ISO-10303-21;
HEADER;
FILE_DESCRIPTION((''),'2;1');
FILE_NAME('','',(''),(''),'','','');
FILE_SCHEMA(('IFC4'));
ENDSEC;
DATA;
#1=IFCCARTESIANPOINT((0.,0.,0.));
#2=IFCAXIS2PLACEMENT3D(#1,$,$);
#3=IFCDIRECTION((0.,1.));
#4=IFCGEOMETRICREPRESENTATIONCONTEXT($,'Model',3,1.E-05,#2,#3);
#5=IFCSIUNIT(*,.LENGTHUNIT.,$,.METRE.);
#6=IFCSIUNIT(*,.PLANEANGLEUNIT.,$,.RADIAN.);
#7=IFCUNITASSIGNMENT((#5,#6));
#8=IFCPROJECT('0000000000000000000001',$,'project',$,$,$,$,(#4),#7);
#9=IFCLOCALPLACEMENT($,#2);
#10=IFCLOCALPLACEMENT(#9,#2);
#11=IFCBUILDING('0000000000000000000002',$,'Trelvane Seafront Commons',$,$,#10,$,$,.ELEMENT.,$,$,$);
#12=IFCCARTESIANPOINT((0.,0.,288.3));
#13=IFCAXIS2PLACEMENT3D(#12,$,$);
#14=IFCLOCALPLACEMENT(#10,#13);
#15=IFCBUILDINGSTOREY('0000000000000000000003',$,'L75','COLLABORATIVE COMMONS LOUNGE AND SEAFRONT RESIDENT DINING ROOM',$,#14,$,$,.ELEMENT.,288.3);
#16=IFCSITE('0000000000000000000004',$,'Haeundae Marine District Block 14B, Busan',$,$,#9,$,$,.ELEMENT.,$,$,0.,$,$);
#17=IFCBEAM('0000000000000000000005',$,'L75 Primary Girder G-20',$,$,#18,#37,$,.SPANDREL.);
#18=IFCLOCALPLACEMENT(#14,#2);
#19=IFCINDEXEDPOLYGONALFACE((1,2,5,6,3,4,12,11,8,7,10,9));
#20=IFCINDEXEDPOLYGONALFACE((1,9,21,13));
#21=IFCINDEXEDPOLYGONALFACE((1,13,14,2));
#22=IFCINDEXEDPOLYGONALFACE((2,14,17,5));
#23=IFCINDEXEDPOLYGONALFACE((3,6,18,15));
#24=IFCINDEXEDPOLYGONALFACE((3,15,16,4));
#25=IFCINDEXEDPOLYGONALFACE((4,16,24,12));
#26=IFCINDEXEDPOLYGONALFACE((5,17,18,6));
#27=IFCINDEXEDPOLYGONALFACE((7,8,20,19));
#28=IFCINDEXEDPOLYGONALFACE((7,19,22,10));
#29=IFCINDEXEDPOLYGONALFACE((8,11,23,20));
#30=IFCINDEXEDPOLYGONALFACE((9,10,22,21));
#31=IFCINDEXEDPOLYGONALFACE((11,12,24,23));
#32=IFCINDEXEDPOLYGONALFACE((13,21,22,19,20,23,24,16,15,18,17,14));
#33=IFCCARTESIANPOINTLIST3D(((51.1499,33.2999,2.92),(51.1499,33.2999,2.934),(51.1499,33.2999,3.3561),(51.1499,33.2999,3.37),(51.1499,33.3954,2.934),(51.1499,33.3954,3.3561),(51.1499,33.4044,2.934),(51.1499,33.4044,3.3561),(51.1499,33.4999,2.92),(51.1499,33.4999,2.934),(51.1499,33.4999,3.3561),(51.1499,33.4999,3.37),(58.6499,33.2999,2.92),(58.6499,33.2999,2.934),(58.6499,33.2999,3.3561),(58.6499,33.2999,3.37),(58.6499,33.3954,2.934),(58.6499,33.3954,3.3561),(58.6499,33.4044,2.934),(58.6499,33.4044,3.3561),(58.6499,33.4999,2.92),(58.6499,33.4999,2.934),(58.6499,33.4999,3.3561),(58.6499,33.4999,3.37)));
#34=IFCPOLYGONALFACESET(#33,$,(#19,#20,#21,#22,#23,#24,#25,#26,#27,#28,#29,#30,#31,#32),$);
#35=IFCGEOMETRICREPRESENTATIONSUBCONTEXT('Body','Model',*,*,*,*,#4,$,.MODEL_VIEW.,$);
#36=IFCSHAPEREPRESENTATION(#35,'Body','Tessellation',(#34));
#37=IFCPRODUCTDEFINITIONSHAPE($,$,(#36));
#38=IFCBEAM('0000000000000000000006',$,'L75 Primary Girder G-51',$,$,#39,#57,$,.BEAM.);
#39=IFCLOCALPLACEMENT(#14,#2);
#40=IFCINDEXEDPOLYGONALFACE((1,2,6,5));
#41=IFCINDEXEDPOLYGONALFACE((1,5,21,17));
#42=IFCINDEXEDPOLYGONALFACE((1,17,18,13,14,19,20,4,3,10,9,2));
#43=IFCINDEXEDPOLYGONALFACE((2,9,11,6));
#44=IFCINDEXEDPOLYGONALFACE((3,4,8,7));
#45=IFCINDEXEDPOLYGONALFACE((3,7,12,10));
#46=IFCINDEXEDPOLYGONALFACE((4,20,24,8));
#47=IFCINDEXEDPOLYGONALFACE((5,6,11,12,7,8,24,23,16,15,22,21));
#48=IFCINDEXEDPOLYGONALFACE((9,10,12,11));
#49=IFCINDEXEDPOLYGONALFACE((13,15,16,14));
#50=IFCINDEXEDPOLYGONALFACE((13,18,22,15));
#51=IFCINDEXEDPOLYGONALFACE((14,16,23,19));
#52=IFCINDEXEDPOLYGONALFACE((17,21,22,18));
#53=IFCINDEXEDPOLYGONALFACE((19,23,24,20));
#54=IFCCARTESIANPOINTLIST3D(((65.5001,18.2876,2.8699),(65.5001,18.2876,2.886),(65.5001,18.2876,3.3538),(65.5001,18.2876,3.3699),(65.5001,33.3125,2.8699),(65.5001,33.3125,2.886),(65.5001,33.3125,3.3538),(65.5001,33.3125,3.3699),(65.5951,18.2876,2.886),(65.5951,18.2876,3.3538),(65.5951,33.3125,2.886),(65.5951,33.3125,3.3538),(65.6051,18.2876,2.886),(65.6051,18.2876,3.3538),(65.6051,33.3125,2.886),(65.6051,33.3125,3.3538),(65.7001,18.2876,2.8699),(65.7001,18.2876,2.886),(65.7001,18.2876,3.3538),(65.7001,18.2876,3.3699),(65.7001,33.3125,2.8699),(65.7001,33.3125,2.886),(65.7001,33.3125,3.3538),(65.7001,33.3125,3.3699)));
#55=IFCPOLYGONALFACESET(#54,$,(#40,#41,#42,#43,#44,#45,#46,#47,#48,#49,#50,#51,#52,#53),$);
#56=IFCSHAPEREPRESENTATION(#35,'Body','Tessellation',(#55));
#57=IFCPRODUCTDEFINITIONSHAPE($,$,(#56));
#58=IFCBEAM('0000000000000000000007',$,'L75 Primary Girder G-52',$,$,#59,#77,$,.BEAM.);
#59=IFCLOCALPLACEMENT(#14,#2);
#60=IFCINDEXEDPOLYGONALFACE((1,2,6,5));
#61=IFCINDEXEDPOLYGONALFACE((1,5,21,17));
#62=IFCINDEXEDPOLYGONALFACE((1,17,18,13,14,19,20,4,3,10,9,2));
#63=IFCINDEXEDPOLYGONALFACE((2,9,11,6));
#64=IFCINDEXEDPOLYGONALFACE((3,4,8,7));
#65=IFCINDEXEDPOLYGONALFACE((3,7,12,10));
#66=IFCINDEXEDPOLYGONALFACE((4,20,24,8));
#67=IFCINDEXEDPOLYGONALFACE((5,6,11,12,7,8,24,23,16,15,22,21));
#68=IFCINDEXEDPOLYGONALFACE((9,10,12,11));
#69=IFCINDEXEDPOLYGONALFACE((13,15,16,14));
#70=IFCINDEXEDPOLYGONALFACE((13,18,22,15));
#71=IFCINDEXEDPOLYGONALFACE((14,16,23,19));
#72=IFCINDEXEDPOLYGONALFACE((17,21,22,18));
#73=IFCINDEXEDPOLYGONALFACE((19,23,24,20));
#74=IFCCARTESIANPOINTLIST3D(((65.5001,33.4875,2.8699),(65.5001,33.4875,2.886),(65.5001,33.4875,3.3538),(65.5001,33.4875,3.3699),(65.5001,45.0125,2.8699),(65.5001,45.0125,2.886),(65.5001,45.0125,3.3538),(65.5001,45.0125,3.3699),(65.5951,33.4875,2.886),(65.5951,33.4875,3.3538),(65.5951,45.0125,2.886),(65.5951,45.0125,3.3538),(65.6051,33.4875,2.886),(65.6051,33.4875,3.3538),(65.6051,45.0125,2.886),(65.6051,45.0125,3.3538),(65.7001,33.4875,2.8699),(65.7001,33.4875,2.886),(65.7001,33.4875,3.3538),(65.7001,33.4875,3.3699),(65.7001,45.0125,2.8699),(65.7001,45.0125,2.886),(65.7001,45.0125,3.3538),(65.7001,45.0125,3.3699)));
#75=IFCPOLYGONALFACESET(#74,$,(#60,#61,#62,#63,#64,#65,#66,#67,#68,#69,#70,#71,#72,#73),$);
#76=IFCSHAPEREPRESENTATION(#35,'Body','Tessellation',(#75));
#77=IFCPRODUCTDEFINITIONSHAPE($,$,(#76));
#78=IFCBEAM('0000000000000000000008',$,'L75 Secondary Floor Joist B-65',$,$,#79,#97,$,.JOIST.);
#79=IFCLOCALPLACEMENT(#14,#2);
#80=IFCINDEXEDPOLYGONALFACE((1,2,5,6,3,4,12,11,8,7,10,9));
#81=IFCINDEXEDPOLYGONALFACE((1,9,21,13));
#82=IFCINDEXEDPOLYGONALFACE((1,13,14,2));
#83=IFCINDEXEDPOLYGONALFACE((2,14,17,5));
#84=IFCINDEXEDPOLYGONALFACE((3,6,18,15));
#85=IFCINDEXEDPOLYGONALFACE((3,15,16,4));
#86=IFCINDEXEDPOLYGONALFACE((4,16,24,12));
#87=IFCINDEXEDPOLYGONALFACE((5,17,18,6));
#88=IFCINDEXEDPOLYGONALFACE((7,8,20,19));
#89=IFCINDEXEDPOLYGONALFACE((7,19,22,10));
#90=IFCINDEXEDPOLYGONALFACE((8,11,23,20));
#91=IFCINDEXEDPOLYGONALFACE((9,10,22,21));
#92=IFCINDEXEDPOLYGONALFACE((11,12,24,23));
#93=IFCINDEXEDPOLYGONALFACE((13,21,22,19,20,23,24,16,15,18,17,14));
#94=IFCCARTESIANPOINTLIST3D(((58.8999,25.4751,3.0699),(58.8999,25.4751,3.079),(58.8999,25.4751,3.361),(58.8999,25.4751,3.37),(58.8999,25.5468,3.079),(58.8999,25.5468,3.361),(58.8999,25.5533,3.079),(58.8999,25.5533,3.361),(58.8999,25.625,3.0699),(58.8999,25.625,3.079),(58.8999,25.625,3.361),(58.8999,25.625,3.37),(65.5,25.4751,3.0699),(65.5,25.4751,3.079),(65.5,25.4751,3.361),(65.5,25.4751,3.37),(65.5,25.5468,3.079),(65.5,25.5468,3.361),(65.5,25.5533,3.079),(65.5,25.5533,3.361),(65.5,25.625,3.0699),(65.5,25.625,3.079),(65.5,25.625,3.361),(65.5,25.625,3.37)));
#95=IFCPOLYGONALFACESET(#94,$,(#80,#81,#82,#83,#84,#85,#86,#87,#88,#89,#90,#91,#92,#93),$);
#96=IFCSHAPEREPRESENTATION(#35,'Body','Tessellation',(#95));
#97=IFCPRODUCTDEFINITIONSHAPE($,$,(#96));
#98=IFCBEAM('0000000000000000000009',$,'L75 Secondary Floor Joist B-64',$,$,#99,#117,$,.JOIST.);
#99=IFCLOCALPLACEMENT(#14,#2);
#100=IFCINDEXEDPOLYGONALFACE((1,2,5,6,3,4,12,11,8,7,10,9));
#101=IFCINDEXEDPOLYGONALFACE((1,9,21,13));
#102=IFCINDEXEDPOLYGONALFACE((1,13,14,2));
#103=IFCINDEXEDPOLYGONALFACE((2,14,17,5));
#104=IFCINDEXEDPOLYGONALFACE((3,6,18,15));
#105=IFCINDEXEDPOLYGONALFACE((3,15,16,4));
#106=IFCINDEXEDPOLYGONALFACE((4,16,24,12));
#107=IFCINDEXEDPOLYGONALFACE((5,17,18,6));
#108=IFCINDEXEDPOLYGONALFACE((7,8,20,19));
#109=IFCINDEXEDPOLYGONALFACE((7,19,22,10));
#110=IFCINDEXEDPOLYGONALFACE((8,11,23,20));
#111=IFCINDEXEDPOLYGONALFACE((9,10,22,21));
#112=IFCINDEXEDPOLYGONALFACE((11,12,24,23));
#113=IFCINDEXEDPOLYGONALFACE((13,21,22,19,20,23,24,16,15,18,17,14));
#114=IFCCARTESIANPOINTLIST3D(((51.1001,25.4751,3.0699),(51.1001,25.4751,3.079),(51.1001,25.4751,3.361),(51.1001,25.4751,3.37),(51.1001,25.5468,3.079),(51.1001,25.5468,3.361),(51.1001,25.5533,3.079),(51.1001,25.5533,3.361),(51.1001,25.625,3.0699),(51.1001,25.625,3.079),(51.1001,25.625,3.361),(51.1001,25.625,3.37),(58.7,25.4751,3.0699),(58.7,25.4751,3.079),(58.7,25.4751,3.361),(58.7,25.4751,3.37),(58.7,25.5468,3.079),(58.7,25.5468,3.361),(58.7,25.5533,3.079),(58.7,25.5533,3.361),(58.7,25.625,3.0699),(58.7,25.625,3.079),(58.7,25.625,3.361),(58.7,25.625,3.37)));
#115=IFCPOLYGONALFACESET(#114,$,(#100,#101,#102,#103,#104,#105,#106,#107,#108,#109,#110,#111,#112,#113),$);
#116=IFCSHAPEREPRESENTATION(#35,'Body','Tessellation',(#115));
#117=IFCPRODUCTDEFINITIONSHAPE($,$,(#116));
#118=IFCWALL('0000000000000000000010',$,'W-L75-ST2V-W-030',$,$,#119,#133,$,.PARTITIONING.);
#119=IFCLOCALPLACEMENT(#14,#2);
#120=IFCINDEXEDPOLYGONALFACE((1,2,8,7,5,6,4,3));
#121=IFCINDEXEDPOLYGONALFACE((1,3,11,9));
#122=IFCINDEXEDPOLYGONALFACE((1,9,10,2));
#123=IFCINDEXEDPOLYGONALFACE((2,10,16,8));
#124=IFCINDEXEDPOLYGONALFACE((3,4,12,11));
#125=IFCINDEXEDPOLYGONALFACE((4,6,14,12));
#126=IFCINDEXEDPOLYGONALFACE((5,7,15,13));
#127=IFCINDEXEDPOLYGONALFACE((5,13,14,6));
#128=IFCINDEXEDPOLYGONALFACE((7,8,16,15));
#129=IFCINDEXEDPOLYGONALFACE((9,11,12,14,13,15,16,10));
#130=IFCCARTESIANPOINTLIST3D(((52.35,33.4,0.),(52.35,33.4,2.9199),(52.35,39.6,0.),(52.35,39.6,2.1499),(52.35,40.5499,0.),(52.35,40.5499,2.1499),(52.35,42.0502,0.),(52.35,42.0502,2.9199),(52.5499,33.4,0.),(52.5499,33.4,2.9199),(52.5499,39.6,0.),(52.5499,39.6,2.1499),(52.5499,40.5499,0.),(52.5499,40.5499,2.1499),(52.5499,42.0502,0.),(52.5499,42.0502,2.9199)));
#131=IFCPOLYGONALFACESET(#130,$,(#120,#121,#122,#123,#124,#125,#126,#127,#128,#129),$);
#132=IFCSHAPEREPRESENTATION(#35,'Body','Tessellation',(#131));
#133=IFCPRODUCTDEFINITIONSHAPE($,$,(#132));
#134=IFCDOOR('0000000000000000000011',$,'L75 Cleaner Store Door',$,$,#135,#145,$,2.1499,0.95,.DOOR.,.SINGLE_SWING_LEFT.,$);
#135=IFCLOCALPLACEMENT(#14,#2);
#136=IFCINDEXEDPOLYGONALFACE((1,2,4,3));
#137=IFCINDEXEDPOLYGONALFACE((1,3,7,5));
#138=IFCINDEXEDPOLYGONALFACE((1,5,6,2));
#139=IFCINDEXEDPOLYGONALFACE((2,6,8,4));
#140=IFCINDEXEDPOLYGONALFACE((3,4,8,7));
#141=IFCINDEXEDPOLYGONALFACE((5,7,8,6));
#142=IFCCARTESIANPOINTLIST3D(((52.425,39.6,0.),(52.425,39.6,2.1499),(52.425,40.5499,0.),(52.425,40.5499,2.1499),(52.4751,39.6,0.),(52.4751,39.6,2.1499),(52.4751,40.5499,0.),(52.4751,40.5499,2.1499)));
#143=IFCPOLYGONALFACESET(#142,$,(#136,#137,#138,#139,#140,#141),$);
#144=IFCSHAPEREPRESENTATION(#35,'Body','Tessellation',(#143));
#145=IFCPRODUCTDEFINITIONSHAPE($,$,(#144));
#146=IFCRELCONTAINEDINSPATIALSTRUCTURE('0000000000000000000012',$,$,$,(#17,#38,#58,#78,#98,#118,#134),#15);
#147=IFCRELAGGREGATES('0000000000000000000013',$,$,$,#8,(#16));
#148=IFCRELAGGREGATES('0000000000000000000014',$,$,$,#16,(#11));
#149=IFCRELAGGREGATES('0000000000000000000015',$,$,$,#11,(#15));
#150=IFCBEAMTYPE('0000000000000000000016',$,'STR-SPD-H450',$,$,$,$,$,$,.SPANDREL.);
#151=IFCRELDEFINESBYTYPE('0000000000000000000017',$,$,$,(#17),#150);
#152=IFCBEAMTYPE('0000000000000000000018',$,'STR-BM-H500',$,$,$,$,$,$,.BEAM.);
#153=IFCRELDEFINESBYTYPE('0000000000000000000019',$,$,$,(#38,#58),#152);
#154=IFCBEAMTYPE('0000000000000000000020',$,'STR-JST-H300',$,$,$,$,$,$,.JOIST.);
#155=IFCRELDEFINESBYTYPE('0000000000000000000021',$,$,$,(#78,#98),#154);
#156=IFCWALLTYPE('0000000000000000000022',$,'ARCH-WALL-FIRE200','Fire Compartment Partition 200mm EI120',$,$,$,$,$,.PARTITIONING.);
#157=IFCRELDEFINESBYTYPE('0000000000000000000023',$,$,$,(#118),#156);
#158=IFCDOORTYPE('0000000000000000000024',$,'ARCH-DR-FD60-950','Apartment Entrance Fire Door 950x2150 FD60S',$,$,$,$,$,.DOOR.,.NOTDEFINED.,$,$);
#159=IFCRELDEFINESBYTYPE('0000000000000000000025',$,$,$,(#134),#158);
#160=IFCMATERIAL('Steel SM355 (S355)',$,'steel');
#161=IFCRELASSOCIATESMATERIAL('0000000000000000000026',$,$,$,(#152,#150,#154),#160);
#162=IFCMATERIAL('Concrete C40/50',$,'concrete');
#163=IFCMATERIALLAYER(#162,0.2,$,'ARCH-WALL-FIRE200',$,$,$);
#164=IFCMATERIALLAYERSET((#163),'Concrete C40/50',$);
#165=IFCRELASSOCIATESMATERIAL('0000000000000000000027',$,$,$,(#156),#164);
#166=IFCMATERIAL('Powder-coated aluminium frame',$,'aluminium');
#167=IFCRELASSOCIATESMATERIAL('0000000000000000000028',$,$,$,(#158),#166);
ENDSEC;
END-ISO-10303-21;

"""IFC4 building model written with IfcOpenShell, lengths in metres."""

from ifc_helpers import new_model, si_unit, direction, frame, frame_2d, origin, origin_2d, place, context, subcontext, project, spatial, rectangle, i_section, extrude, source, transform, mapped, material, layer, layer_set, material_profile, profile_set, type_object, element, fill, save


model = new_model("IFC4")

# Units and contexts
model_context = context("Model", 3, precision=1e-05, world=origin(), true_north=direction((0.0, 1.0)))
body_context = subcontext(model_context, "Body", "Model", "MODEL_VIEW")
ifc_project = project(units=[si_unit("LENGTHUNIT", "METRE"), si_unit("PLANEANGLEUNIT", "RADIAN")], contexts=[model_context])

# Site, building, storey
site_placement = place(None, origin())
site = spatial("IfcSite", under=ifc_project, at=site_placement, Name="Haeundae Marine District Block 14B, Busan", CompositionType="ELEMENT", RefElevation=0.0)
building_placement = place(site_placement, origin())
building = spatial("IfcBuilding", under=site, at=building_placement, Name="Trelvane Seafront Commons", CompositionType="ELEMENT")
storey_placement = place(building_placement, frame((0.0, 0.0, 288.3)))
storey = spatial("IfcBuildingStorey", under=building, at=storey_placement, Name="L75", Description="COLLABORATIVE COMMONS LOUNGE AND SEAFRONT RESIDENT DINING ROOM", CompositionType="ELEMENT", Elevation=288.3)

# Shared definitions
ifc_material_1 = material(Name="Steel SM355 (S355)", Category="steel")

# Beams
ifc_material_profile_1 = material_profile(ifc_material_1, i_section(OverallWidth=0.2, OverallDepth=0.5, WebThickness=0.01, FlangeThickness=0.0161, at=origin_2d()), Name="H-500x200x10x16")
ifc_profile_set_1 = profile_set([ifc_material_profile_1], Name="Steel SM355 (S355)")
beam_type_1 = type_object("IfcBeamType", Name="STR-BM-H500", PredefinedType="BEAM", material=ifc_profile_set_1)
ifc_material_profile_2 = material_profile(ifc_material_1, i_section(OverallWidth=0.2, OverallDepth=0.45, WebThickness=0.009, FlangeThickness=0.0139, at=origin_2d()), Name="H-450x200x9x14")
ifc_profile_set_2 = profile_set([ifc_material_profile_2], Name="Steel SM355 (S355)")
beam_type_2 = type_object("IfcBeamType", Name="STR-SPD-H450", PredefinedType="SPANDREL", material=ifc_profile_set_2)
shared_shape_1 = source(origin(), body_context, "Body", "SweptSolid", [
    extrude(i_section(OverallWidth=0.2, OverallDepth=0.45, WebThickness=0.009, FlangeThickness=0.0139, at=origin_2d()), origin(), (0.0, 0.0, 1.0), 7.5),
])
beam_1_placement = place(storey_placement, frame((51.1499, 33.3999, 3.145), z_axis=(1.0, 0.0, 0.0), x_axis=(0.0, 1.0, 0.0)))
element("IfcBeam", 1, at=beam_1_placement, inside=storey, type_object=beam_type_2, Name="L75 Primary Girder G-20", PredefinedType="SPANDREL", context=body_context, shape_type="MappedRepresentation", body=[
    mapped(shared_shape_1, transform((0.0, 0.0, 0.0), x_axis=(1.0, 0.0, 0.0), y_axis=(0.0, 1.0, 0.0), z_axis=(0.0, 0.0, 1.0), scale=1.0)),
])
shared_shape_2 = source(origin(), body_context, "Body", "SweptSolid", [
    extrude(i_section(OverallWidth=0.2, OverallDepth=0.5, WebThickness=0.01, FlangeThickness=0.0161, at=origin_2d()), origin(), (0.0, 0.0, 1.0), 15.0249),
])
beam_2_placement = place(storey_placement, frame((65.6001, 18.2876, 3.1199), z_axis=(0.0, 1.0, 0.0), x_axis=(-1.0, 0.0, 0.0)))
element("IfcBeam", 2, at=beam_2_placement, inside=storey, type_object=beam_type_1, Name="L75 Primary Girder G-51", PredefinedType="BEAM", context=body_context, shape_type="MappedRepresentation", body=[
    mapped(shared_shape_2, transform((0.0, 0.0, 0.0), x_axis=(1.0, 0.0, 0.0), y_axis=(0.0, 1.0, 0.0), z_axis=(0.0, 0.0, 1.0), scale=1.0)),
])
shared_shape_3 = source(origin(), body_context, "Body", "SweptSolid", [
    extrude(i_section(OverallWidth=0.2, OverallDepth=0.5, WebThickness=0.01, FlangeThickness=0.0161, at=origin_2d()), origin(), (0.0, 0.0, 1.0), 11.5249),
])
beam_3_placement = place(storey_placement, frame((65.6001, 33.4875, 3.1199), z_axis=(0.0, 1.0, 0.0), x_axis=(-1.0, 0.0, 0.0)))
element("IfcBeam", 3, at=beam_3_placement, inside=storey, type_object=beam_type_1, Name="L75 Primary Girder G-52", PredefinedType="BEAM", context=body_context, shape_type="MappedRepresentation", body=[
    mapped(shared_shape_3, transform((0.0, 0.0, 0.0), x_axis=(1.0, 0.0, 0.0), y_axis=(0.0, 1.0, 0.0), z_axis=(0.0, 0.0, 1.0), scale=1.0)),
])
ifc_material_profile_3 = material_profile(ifc_material_1, i_section(OverallWidth=0.1499, OverallDepth=0.3, WebThickness=0.0066, FlangeThickness=0.009, at=origin_2d()), Name="H-300x150x6.5x9")
ifc_profile_set_3 = profile_set([ifc_material_profile_3], Name="Steel SM355 (S355)")
beam_type_3 = type_object("IfcBeamType", Name="STR-JST-H300", PredefinedType="JOIST", material=ifc_profile_set_3)
shared_shape_4 = source(origin(), body_context, "Body", "SweptSolid", [
    extrude(i_section(OverallWidth=0.1499, OverallDepth=0.3, WebThickness=0.0066, FlangeThickness=0.009, at=origin_2d()), origin(), (0.0, 0.0, 1.0), 6.6001),
])
beam_4_placement = place(storey_placement, frame((58.8999, 25.55, 3.22), z_axis=(1.0, 0.0, 0.0), x_axis=(0.0, 1.0, 0.0)))
element("IfcBeam", 4, at=beam_4_placement, inside=storey, type_object=beam_type_3, Name="L75 Secondary Floor Joist B-65", PredefinedType="JOIST", context=body_context, shape_type="MappedRepresentation", body=[
    mapped(shared_shape_4, transform((0.0, 0.0, 0.0), x_axis=(1.0, 0.0, 0.0), y_axis=(0.0, 1.0, 0.0), z_axis=(0.0, 0.0, 1.0), scale=1.0)),
])
shared_shape_5 = source(origin(), body_context, "Body", "SweptSolid", [
    extrude(i_section(OverallWidth=0.1499, OverallDepth=0.3, WebThickness=0.0066, FlangeThickness=0.009, at=origin_2d()), origin(), (0.0, 0.0, 1.0), 7.5999),
])
beam_5_placement = place(storey_placement, frame((51.1001, 25.55, 3.22), z_axis=(1.0, 0.0, 0.0), x_axis=(0.0, 1.0, 0.0)))
element("IfcBeam", 5, at=beam_5_placement, inside=storey, type_object=beam_type_3, Name="L75 Secondary Floor Joist B-64", PredefinedType="JOIST", context=body_context, shape_type="MappedRepresentation", body=[
    mapped(shared_shape_5, transform((0.0, 0.0, 0.0), x_axis=(1.0, 0.0, 0.0), y_axis=(0.0, 1.0, 0.0), z_axis=(0.0, 0.0, 1.0), scale=1.0)),
])

# Wall, opening, door
ifc_material_2 = material(Name="Concrete C40/50", Category="concrete")
ifc_layer_1 = layer(ifc_material_2, 0.2, Name="ARCH-WALL-FIRE200")
ifc_layer_set_1 = layer_set([ifc_layer_1], Name="Concrete C40/50")
wall_type_1 = type_object("IfcWallType", Name="ARCH-WALL-FIRE200", Description="Fire Compartment Partition 200mm EI120", PredefinedType="PARTITIONING", material=ifc_layer_set_1)
wall_1_placement = place(storey_placement, frame((52.45, 33.3999, 0.0), z_axis=(0.0, 0.0, 1.0), x_axis=(0.0, 1.0, 0.0)))
wall_1 = element("IfcWall", 6, at=wall_1_placement, inside=storey, type_object=wall_type_1, Name="W-L75-ST2V-W-030", PredefinedType="PARTITIONING", context=body_context, shape_type="SweptSolid", body=[
    extrude(rectangle(XDim=8.6501, YDim=0.2, at=frame_2d((4.3252, 0.0))), origin(), (0.0, 0.0, 1.0), 2.9199),
])
opening_1_placement = place(wall_1_placement, frame((6.2, 0.0, 0.0)))
opening_1 = element("IfcOpeningElement", 7, at=opening_1_placement, cuts=wall_1, PredefinedType="OPENING", context=body_context, shape_type="SweptSolid", body=[
    extrude(rectangle(XDim=0.95, YDim=2.1499, at=frame_2d((0.4751, 1.075))), frame((0.0, 0.1099, 0.0), z_axis=(0.0, -1.0, 0.0), x_axis=(1.0, 0.0, 0.0)), (0.0, 0.0, 1.0), 0.22),
])
ifc_material_3 = material(Name="Powder-coated aluminium frame", Category="aluminium")
door_type_1 = type_object("IfcDoorType", Name="ARCH-DR-FD60-950", Description="Apartment Entrance Fire Door 950x2150 FD60S", OperationType="NOTDEFINED", PredefinedType="DOOR", material=ifc_material_3)
shared_shape_6 = source(origin(), body_context, "Body", "SweptSolid", [
    extrude(rectangle(XDim=0.95, YDim=2.1499, at=frame_2d((0.4751, 1.075))), frame((0.0, 0.0249, 0.0), z_axis=(0.0, -1.0, 0.0), x_axis=(1.0, 0.0, 0.0)), (0.0, 0.0, 1.0), 0.05),
])
door_1_placement = place(opening_1_placement, origin())
door_1 = element("IfcDoor", 8, at=door_1_placement, inside=storey, type_object=door_type_1, Name="L75 Cleaner Store Door", OperationType="SINGLE_SWING_LEFT", OverallHeight=2.1499, OverallWidth=0.95, PredefinedType="DOOR", context=body_context, shape_type="MappedRepresentation", body=[
    mapped(shared_shape_6, transform((0.0, 0.0, 0.0), x_axis=(1.0, 0.0, 0.0), y_axis=(0.0, 1.0, 0.0), z_axis=(0.0, 0.0, 1.0), scale=1.0)),
])
fill(opening_1, door_1)

save(model, "model.ifc")
